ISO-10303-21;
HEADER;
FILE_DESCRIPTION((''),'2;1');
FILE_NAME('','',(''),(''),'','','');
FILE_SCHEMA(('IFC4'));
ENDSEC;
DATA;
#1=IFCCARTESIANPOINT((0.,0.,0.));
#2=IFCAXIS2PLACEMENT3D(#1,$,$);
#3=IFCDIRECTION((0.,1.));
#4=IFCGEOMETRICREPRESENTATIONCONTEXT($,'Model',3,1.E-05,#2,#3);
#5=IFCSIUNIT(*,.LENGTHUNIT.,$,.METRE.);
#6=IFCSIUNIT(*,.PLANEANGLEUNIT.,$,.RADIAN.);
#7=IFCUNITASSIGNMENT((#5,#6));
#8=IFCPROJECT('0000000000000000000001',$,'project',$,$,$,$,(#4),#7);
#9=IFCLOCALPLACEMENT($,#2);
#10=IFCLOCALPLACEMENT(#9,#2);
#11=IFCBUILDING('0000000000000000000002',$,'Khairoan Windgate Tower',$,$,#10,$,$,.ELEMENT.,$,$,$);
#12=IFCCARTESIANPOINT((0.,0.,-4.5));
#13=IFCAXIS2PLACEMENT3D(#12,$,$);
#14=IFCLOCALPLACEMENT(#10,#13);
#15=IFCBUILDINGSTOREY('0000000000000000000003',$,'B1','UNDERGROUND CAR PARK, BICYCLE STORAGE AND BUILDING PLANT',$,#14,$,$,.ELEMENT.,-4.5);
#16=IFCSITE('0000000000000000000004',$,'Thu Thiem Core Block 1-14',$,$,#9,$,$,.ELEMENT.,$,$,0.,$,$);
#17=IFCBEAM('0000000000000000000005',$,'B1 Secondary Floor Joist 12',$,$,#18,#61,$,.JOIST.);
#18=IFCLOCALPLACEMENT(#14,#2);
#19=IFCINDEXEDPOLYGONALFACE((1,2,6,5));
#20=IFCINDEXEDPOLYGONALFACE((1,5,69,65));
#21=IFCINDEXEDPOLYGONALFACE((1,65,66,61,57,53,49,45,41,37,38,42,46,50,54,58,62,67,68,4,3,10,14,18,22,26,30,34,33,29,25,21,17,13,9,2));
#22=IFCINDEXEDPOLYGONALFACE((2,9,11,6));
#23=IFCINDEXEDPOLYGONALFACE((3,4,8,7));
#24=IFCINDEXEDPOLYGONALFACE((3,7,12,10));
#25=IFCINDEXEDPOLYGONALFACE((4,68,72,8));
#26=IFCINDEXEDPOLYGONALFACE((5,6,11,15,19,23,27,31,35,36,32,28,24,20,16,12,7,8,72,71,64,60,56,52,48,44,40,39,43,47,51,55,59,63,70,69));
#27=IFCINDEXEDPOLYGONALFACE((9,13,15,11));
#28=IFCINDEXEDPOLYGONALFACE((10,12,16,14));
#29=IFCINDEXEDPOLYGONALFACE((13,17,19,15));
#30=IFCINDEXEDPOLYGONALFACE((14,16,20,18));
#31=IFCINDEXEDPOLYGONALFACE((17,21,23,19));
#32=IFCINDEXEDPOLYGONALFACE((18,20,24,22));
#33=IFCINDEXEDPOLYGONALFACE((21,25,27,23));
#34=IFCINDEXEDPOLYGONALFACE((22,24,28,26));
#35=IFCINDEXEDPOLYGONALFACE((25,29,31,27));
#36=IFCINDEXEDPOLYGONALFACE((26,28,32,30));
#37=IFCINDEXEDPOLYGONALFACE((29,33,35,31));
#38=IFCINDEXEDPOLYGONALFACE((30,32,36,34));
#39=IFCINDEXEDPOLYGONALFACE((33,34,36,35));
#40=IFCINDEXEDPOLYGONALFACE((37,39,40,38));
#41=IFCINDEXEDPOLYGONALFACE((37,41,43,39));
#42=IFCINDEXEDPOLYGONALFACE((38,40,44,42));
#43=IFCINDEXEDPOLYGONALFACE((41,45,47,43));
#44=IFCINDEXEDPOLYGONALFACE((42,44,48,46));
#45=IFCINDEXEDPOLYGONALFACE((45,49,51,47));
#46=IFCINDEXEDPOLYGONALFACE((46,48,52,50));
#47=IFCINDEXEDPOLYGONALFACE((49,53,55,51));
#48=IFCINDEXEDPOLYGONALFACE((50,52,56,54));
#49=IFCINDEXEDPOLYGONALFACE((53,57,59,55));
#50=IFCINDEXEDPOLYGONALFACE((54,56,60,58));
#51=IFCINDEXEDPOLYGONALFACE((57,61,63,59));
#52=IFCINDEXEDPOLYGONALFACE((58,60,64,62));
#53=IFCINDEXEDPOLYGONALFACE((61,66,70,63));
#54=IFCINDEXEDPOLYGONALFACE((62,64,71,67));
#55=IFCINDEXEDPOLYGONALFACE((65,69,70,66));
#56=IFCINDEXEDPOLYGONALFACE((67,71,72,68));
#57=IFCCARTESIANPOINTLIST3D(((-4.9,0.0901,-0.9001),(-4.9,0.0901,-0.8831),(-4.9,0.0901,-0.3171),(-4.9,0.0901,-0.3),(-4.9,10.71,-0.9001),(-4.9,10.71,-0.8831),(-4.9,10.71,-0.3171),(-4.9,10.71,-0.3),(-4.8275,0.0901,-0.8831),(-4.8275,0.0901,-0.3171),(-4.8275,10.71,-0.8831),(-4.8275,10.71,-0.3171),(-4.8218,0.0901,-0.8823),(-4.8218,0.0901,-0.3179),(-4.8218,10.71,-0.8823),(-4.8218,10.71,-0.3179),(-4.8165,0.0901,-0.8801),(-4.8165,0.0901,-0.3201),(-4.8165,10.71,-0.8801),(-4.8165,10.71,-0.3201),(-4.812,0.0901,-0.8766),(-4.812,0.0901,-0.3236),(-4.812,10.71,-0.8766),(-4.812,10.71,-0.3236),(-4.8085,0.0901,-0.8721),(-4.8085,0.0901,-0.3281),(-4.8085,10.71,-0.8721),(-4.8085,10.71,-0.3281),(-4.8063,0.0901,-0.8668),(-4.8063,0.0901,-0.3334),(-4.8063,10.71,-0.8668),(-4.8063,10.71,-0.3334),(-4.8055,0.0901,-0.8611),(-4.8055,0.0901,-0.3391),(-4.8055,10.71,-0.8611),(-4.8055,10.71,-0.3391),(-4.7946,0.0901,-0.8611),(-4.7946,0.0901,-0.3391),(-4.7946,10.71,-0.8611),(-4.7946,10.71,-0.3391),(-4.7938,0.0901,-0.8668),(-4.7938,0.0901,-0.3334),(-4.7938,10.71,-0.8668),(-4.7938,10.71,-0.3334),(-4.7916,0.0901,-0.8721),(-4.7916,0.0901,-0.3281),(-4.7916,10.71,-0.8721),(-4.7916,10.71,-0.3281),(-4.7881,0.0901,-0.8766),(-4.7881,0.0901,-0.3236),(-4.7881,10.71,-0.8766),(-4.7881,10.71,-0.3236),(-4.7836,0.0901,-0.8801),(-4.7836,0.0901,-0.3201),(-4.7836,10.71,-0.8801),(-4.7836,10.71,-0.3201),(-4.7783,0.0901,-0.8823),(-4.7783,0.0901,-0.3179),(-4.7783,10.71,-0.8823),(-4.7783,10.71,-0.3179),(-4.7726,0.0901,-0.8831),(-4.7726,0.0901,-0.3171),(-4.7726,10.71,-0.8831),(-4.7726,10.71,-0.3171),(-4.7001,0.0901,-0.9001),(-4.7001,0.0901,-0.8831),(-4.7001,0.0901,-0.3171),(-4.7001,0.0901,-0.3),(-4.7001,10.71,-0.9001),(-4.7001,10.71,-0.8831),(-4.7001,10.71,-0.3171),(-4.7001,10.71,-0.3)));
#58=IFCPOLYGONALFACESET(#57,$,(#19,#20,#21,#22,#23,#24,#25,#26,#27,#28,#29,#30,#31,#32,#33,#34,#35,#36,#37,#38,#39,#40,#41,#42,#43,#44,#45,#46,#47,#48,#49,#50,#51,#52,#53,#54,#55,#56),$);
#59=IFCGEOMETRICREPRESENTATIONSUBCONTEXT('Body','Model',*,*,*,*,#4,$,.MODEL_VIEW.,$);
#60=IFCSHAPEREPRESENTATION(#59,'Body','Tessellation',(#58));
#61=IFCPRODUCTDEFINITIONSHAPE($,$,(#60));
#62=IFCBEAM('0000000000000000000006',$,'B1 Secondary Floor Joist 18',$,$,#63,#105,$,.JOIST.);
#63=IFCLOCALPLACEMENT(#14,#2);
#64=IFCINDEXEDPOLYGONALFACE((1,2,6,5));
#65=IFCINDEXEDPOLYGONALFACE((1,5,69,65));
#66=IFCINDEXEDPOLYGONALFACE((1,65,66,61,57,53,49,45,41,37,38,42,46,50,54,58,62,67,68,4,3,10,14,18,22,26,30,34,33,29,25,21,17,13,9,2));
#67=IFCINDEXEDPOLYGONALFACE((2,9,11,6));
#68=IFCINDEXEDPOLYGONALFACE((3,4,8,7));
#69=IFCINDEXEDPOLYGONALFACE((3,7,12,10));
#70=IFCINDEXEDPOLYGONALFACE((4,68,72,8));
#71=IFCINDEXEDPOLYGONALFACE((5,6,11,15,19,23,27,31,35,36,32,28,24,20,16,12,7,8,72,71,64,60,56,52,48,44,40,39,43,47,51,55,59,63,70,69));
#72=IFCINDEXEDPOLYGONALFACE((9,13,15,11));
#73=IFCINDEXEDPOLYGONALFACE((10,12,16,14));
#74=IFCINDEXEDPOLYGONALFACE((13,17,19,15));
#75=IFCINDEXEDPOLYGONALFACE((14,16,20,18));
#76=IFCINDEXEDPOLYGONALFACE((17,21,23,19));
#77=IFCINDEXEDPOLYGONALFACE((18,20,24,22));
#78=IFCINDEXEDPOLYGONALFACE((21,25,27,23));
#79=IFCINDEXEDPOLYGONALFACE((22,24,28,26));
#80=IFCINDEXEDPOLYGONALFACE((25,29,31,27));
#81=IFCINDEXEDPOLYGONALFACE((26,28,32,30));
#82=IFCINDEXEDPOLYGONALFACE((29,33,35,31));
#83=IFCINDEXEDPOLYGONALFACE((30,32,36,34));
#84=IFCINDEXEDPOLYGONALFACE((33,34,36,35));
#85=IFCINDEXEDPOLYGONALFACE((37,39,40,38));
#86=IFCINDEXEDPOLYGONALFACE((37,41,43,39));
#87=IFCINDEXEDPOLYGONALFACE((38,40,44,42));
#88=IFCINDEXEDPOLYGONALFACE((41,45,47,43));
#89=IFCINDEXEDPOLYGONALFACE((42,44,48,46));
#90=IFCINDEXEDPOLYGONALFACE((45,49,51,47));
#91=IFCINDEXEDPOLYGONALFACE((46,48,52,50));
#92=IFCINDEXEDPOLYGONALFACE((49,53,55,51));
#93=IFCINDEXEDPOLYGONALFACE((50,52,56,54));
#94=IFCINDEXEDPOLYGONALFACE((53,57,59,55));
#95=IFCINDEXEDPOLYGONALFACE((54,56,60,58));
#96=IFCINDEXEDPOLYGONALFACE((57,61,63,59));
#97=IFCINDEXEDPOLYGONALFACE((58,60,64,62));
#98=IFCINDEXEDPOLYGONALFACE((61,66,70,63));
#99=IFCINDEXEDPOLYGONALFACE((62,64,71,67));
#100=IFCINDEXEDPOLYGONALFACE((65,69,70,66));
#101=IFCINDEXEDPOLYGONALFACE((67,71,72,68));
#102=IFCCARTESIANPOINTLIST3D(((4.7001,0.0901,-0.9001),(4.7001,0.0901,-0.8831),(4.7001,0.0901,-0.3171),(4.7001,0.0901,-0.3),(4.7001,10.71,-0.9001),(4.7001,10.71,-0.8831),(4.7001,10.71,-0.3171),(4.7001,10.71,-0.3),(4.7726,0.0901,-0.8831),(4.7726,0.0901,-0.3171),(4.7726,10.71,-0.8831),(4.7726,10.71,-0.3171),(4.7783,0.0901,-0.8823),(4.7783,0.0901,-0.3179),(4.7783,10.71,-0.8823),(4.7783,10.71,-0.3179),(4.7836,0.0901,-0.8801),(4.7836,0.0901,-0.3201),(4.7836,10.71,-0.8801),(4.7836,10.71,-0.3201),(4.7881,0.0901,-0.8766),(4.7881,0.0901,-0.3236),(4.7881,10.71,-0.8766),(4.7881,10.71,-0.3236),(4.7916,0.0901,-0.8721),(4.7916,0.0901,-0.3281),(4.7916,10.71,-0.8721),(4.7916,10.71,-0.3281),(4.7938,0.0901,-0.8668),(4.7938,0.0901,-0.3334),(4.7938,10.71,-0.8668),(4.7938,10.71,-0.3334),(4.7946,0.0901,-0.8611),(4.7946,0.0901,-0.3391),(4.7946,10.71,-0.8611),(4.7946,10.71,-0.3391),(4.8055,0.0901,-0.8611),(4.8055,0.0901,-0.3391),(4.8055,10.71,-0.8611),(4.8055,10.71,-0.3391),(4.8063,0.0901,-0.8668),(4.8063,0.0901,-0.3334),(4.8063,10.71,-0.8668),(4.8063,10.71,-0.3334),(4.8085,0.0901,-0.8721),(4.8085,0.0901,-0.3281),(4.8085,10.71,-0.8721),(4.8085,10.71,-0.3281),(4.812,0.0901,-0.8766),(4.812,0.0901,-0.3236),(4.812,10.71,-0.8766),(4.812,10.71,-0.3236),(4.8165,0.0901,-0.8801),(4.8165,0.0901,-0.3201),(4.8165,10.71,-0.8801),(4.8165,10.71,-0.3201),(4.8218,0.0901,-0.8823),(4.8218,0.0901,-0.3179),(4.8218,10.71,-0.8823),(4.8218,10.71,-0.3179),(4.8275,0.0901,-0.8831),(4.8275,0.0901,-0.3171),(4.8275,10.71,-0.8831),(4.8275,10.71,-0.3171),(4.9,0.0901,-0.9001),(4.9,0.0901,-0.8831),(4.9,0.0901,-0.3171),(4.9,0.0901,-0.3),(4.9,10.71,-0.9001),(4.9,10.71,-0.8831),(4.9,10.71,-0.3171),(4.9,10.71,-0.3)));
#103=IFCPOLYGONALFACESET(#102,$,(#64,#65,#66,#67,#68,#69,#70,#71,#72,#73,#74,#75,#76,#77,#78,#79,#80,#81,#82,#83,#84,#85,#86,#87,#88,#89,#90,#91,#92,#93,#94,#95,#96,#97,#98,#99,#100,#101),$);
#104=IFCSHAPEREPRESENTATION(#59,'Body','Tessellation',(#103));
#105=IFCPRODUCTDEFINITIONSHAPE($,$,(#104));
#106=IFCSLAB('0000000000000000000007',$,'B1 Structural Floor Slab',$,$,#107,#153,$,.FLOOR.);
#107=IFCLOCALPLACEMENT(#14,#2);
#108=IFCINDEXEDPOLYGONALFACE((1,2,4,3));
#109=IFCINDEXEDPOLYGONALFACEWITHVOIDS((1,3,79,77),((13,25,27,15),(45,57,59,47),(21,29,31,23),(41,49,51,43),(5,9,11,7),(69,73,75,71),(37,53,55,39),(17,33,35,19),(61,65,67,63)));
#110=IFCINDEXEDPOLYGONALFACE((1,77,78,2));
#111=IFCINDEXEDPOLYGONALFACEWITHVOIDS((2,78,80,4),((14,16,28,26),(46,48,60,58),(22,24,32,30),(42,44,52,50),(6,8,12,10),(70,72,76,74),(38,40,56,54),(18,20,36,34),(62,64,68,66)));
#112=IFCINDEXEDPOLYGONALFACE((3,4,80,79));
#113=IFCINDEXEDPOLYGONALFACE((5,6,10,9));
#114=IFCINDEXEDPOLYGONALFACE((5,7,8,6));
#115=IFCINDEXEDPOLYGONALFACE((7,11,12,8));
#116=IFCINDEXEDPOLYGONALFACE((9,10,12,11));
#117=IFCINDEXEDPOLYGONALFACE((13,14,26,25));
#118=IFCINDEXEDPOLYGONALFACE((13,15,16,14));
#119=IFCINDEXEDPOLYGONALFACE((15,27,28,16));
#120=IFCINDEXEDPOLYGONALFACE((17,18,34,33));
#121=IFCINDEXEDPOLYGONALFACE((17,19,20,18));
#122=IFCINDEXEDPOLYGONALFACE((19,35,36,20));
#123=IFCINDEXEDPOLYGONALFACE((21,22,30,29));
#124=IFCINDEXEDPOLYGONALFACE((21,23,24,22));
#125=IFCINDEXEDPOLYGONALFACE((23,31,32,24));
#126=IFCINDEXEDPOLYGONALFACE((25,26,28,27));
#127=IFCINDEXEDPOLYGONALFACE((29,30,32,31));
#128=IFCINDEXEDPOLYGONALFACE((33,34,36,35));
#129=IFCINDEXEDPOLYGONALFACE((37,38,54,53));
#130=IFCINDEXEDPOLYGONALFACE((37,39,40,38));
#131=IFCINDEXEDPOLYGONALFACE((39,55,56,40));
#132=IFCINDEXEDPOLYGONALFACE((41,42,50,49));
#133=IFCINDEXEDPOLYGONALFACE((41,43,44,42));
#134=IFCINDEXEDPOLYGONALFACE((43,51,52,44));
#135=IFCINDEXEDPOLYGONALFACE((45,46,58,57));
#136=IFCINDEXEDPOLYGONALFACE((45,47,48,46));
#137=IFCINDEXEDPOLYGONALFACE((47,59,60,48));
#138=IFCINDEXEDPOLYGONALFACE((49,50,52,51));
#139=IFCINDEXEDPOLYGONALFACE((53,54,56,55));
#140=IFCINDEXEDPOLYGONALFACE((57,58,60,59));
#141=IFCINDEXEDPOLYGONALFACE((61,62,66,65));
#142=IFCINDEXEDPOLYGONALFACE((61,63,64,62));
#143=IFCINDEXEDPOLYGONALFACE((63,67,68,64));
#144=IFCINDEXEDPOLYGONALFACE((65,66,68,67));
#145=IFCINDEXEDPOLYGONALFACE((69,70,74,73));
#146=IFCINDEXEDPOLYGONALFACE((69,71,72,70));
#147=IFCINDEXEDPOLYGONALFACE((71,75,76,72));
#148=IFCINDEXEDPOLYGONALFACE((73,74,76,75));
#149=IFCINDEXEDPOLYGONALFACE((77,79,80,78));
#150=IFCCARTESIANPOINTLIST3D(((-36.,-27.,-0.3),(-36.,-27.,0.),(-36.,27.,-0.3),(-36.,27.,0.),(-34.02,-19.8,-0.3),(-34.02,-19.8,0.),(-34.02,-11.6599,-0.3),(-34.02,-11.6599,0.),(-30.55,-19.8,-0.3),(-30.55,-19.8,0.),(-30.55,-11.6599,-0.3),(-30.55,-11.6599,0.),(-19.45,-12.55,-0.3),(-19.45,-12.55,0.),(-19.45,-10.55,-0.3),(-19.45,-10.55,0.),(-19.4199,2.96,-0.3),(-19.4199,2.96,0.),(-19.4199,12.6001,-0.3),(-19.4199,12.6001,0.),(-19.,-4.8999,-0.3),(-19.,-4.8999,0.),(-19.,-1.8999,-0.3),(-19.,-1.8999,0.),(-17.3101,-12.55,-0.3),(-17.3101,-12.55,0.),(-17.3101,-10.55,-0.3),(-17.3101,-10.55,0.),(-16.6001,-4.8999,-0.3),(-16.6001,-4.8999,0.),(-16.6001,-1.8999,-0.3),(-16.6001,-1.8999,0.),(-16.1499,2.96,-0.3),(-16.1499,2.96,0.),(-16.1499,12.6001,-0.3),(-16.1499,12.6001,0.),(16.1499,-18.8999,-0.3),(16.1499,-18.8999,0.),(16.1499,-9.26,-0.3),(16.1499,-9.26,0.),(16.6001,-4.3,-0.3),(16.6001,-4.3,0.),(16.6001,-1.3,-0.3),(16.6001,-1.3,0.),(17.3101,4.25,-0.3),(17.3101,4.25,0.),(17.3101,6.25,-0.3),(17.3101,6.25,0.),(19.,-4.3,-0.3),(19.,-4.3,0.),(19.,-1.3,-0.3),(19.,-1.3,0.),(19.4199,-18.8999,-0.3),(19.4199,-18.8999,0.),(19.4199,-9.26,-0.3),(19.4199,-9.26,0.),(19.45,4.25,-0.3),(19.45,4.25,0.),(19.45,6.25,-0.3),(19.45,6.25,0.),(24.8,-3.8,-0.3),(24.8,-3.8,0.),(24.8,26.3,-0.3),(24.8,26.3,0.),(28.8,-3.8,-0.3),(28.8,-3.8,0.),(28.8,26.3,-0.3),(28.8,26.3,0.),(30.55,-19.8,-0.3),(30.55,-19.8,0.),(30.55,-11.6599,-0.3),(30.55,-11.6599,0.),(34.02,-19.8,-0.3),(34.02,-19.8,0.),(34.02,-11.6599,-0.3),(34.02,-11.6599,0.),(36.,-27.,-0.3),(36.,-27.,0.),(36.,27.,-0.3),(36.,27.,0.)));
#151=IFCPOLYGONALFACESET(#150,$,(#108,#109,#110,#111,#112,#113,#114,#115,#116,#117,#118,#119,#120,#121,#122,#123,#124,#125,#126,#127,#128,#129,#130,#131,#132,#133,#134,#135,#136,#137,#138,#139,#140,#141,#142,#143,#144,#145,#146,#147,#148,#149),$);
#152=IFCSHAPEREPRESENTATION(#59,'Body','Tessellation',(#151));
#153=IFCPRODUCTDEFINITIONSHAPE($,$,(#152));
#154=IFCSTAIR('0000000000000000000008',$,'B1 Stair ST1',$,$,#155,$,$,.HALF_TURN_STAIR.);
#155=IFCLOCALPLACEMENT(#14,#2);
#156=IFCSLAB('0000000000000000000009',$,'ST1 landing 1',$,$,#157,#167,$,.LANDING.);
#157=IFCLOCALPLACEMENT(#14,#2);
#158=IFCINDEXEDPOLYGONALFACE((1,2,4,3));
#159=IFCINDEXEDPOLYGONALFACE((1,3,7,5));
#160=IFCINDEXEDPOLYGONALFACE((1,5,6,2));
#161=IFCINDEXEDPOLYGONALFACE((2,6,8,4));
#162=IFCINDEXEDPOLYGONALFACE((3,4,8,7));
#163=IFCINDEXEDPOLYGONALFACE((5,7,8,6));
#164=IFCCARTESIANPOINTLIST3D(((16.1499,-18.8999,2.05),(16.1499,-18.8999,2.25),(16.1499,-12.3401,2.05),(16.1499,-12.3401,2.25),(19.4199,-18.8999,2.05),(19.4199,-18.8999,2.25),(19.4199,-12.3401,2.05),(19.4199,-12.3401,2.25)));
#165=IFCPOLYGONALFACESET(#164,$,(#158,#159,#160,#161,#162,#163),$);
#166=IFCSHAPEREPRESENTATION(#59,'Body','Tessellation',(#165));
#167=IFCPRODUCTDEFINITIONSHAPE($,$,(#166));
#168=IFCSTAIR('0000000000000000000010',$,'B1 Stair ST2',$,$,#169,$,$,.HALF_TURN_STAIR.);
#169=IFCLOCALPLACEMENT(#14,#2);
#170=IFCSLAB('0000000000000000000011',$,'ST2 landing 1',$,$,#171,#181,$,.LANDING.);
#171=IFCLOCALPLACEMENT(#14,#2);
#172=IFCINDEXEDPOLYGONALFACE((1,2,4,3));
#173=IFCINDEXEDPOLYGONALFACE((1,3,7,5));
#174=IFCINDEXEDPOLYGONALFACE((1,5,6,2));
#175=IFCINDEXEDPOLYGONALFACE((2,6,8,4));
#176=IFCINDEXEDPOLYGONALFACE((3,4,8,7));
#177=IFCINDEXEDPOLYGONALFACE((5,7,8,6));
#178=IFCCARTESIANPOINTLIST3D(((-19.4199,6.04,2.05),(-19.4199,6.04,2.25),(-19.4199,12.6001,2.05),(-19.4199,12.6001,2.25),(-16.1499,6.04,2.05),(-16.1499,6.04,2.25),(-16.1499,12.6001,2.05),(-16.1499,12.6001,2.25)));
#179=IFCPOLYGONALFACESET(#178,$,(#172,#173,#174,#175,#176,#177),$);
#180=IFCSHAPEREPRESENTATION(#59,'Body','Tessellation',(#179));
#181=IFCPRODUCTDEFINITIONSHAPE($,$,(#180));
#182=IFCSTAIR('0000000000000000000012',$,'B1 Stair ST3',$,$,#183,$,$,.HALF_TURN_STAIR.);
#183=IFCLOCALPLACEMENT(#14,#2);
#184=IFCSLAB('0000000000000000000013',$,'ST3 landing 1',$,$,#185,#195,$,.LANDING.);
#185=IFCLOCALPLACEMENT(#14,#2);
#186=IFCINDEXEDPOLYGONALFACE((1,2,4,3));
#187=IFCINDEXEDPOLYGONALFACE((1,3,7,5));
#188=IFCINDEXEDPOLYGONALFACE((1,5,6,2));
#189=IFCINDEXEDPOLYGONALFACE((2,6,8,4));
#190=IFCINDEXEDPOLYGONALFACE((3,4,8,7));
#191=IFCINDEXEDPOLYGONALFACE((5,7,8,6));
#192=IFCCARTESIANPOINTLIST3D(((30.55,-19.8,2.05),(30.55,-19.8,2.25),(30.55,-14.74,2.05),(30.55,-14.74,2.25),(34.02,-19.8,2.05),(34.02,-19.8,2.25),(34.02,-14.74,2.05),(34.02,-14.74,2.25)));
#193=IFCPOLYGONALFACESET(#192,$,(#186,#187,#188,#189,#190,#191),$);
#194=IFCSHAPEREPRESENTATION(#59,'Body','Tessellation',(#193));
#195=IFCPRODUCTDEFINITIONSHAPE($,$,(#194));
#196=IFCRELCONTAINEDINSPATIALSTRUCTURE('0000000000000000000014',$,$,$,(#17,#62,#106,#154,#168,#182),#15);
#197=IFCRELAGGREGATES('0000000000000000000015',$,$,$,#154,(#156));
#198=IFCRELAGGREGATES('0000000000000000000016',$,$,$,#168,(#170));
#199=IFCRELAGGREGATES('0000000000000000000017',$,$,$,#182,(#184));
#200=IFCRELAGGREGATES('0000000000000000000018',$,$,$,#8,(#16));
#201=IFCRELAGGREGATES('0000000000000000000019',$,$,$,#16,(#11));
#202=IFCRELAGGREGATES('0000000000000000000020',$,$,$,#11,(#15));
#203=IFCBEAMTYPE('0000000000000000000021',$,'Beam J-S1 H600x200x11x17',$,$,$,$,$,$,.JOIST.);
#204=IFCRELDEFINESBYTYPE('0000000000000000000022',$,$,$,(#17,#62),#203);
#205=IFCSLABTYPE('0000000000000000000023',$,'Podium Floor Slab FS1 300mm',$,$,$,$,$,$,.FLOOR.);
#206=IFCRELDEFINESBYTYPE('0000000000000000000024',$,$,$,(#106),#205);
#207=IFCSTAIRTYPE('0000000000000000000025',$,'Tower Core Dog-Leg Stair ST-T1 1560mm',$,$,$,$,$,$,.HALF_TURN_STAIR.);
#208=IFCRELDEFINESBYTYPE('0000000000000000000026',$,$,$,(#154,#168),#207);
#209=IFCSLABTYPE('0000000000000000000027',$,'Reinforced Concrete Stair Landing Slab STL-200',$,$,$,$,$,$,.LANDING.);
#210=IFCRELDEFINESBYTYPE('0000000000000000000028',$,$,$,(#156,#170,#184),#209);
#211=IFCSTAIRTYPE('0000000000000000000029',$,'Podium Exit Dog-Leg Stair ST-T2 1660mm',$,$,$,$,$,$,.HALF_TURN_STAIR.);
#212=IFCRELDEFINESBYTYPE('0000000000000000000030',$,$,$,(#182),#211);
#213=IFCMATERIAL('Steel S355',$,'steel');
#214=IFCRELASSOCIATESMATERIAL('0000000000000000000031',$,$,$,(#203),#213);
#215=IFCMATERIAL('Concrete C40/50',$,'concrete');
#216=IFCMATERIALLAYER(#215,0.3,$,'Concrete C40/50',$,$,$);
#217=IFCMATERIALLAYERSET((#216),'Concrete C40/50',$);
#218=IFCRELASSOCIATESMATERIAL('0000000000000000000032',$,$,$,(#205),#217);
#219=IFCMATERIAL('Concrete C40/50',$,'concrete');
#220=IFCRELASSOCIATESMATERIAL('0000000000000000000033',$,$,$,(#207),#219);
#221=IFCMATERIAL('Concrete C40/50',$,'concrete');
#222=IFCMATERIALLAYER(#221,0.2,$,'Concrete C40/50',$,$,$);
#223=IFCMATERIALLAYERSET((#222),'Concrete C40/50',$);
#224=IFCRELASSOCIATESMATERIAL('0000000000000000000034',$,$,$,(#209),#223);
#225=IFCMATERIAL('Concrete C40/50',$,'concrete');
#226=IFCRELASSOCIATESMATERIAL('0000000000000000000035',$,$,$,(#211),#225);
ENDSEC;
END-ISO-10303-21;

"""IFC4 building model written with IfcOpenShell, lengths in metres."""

from ifc_helpers import new_model, si_unit, direction, frame, origin, origin_2d, place, context, subcontext, project, spatial, polyline, i_section, outline, extrude, material, layer, layer_set, material_profile, profile_set, type_object, element, aggregate, save


model = new_model("IFC4")

# Units and contexts
model_context = context("Model", 3, precision=1e-05, world=origin(), true_north=direction((0.0, 1.0)))
body_context = subcontext(model_context, "Body", "Model", "MODEL_VIEW")
ifc_project = project(units=[si_unit("LENGTHUNIT", "METRE"), si_unit("PLANEANGLEUNIT", "RADIAN")], contexts=[model_context])

# Site, building, storey
site_placement = place(None, origin())
site = spatial("IfcSite", under=ifc_project, at=site_placement, Name="Thu Thiem Core Block 1-14", CompositionType="ELEMENT", RefElevation=0.0)
building_placement = place(site_placement, origin())
building = spatial("IfcBuilding", under=site, at=building_placement, Name="Khairoan Windgate Tower", CompositionType="ELEMENT")
storey_placement = place(building_placement, frame((0.0, 0.0, -4.5)))
storey = spatial("IfcBuildingStorey", under=building, at=storey_placement, Name="B1", Description="UNDERGROUND CAR PARK, BICYCLE STORAGE AND BUILDING PLANT", CompositionType="ELEMENT", Elevation=-4.5)

# Beams
ifc_material_1 = material(Name="Steel S355", Category="steel")
ifc_material_profile_1 = material_profile(ifc_material_1, i_section(OverallWidth=0.2, OverallDepth=0.6001, WebThickness=0.011, FlangeThickness=0.0171, FilletRadius=0.022, at=origin_2d()))
ifc_profile_set_1 = profile_set([ifc_material_profile_1], Name="Steel S355")
beam_type_1 = type_object("IfcBeamType", Name="Beam J-S1 H600x200x11x17", PredefinedType="JOIST", material=ifc_profile_set_1)
for number, where, z_axis, x_axis, name in (
    (1, (-4.8, 0.0901, -0.6001), (0.0, 1.0, 0.0), (-1.0, 0.0, 0.0), "B1 Secondary Floor Joist 12"),
    (2, (4.8, 0.0901, -0.6001), (0.0, 1.0, 0.0), (-1.0, 0.0, 0.0), "B1 Secondary Floor Joist 18"),
):
    element("IfcBeam", number, at=place(storey_placement, frame(where, z_axis=z_axis, x_axis=x_axis)), inside=storey, type_object=beam_type_1, Name=name, PredefinedType="JOIST", context=body_context, shape_type="SweptSolid", body=[
        extrude(i_section(OverallWidth=0.2, OverallDepth=0.6001, WebThickness=0.011, FlangeThickness=0.0171, FilletRadius=0.022, at=origin_2d()), origin(), (0.0, 0.0, 1.0), 10.6199),
    ])

# Slab
ifc_material_2 = material(Name="Concrete C40/50", Category="concrete")
ifc_layer_1 = layer(ifc_material_2, 0.3, Name="Concrete C40/50")
ifc_layer_set_1 = layer_set([ifc_layer_1], Name="Concrete C40/50")
slab_type_1 = type_object("IfcSlabType", Name="Podium Floor Slab FS1 300mm", PredefinedType="FLOOR", material=ifc_layer_set_1)
slab_1_placement = place(storey_placement, frame((0.0, 0.0, -0.3)))
element("IfcSlab", 3, at=slab_1_placement, inside=storey, type_object=slab_type_1, Name="B1 Structural Floor Slab", PredefinedType="FLOOR", context=body_context, shape_type="SweptSolid", body=[
    extrude(outline(polyline([(-36.0, -27.0), (36.0, -27.0), (36.0, 27.0), (-36.0, 27.0), (-36.0, -27.0)]), holes=[polyline([(16.1499, -9.26), (16.1499, -18.8999), (19.4199, -18.8999), (19.4199, -9.26), (16.1499, -9.26)]), polyline([(-16.1499, 2.96), (-16.1499, 12.6001), (-19.4199, 12.6001), (-19.4199, 2.96), (-16.1499, 2.96)]), polyline([(30.55, -11.6599), (30.55, -19.8), (34.02, -19.8), (34.02, -11.6599), (30.55, -11.6599)]), polyline([(-34.02, -11.6599), (-34.02, -19.8), (-30.55, -19.8), (-30.55, -11.6599), (-34.02, -11.6599)]), polyline([(16.6001, -4.3), (19.0, -4.3), (19.0, -1.3), (16.6001, -1.3), (16.6001, -4.3)]), polyline([(-19.0, -4.8999), (-16.6001, -4.8999), (-16.6001, -1.8999), (-19.0, -1.8999), (-19.0, -4.8999)]), polyline([(-19.45, -12.55), (-17.3101, -12.55), (-17.3101, -10.55), (-19.45, -10.55), (-19.45, -12.55)]), polyline([(17.3101, 4.25), (19.45, 4.25), (19.45, 6.25), (17.3101, 6.25), (17.3101, 4.25)]), polyline([(24.8, -3.8), (28.8, -3.8), (28.8, 26.3), (24.8, 26.3), (24.8, -3.8)])]), origin(), (0.0, 0.0, 1.0), 0.3),
])

# Stairs, slabs
ifc_material_3 = material(Name="Concrete C40/50", Category="concrete")
stair_type_1 = type_object("IfcStairType", Name="Tower Core Dog-Leg Stair ST-T1 1560mm", PredefinedType="HALF_TURN_STAIR", material=ifc_material_3)
stair_1_placement = place(storey_placement, origin())
stair_1 = element("IfcStair", 4, at=stair_1_placement, inside=storey, type_object=stair_type_1, Name="B1 Stair ST1", PredefinedType="HALF_TURN_STAIR")
ifc_material_4 = material(Name="Concrete C40/50", Category="concrete")
ifc_layer_2 = layer(ifc_material_4, 0.2, Name="Concrete C40/50")
ifc_layer_set_2 = layer_set([ifc_layer_2], Name="Concrete C40/50")
slab_type_2 = type_object("IfcSlabType", Name="Reinforced Concrete Stair Landing Slab STL-200", PredefinedType="LANDING", material=ifc_layer_set_2)
slab_2_placement = place(storey_placement, frame((0.0, 0.0, 2.05)))
slab_2 = element("IfcSlab", 5, at=slab_2_placement, type_object=slab_type_2, Name="ST1 landing 1", PredefinedType="LANDING", context=body_context, shape_type="SweptSolid", body=[
    extrude(outline(polyline([(16.1499, -12.3401), (16.1499, -18.8999), (19.4199, -18.8999), (19.4199, -12.3401), (16.1499, -12.3401)])), origin(), (0.0, 0.0, 1.0), 0.2),
])
aggregate(stair_1, [slab_2])
stair_2_placement = place(storey_placement, origin())
stair_2 = element("IfcStair", 6, at=stair_2_placement, inside=storey, type_object=stair_type_1, Name="B1 Stair ST2", PredefinedType="HALF_TURN_STAIR")
slab_3_placement = place(storey_placement, frame((0.0, 0.0, 2.05)))
slab_3 = element("IfcSlab", 7, at=slab_3_placement, type_object=slab_type_2, Name="ST2 landing 1", PredefinedType="LANDING", context=body_context, shape_type="SweptSolid", body=[
    extrude(outline(polyline([(-16.1499, 6.04), (-16.1499, 12.6001), (-19.4199, 12.6001), (-19.4199, 6.04), (-16.1499, 6.04)])), origin(), (0.0, 0.0, 1.0), 0.2),
])
aggregate(stair_2, [slab_3])
ifc_material_5 = material(Name="Concrete C40/50", Category="concrete")
stair_type_2 = type_object("IfcStairType", Name="Podium Exit Dog-Leg Stair ST-T2 1660mm", PredefinedType="HALF_TURN_STAIR", material=ifc_material_5)
stair_3_placement = place(storey_placement, origin())
stair_3 = element("IfcStair", 8, at=stair_3_placement, inside=storey, type_object=stair_type_2, Name="B1 Stair ST3", PredefinedType="HALF_TURN_STAIR")
slab_4_placement = place(storey_placement, frame((0.0, 0.0, 2.05)))
slab_4 = element("IfcSlab", 9, at=slab_4_placement, type_object=slab_type_2, Name="ST3 landing 1", PredefinedType="LANDING", context=body_context, shape_type="SweptSolid", body=[
    extrude(outline(polyline([(30.55, -14.74), (30.55, -19.8), (34.02, -19.8), (34.02, -14.74), (30.55, -14.74)])), origin(), (0.0, 0.0, 1.0), 0.2),
])
aggregate(stair_3, [slab_4])

save(model, "model.ifc")
